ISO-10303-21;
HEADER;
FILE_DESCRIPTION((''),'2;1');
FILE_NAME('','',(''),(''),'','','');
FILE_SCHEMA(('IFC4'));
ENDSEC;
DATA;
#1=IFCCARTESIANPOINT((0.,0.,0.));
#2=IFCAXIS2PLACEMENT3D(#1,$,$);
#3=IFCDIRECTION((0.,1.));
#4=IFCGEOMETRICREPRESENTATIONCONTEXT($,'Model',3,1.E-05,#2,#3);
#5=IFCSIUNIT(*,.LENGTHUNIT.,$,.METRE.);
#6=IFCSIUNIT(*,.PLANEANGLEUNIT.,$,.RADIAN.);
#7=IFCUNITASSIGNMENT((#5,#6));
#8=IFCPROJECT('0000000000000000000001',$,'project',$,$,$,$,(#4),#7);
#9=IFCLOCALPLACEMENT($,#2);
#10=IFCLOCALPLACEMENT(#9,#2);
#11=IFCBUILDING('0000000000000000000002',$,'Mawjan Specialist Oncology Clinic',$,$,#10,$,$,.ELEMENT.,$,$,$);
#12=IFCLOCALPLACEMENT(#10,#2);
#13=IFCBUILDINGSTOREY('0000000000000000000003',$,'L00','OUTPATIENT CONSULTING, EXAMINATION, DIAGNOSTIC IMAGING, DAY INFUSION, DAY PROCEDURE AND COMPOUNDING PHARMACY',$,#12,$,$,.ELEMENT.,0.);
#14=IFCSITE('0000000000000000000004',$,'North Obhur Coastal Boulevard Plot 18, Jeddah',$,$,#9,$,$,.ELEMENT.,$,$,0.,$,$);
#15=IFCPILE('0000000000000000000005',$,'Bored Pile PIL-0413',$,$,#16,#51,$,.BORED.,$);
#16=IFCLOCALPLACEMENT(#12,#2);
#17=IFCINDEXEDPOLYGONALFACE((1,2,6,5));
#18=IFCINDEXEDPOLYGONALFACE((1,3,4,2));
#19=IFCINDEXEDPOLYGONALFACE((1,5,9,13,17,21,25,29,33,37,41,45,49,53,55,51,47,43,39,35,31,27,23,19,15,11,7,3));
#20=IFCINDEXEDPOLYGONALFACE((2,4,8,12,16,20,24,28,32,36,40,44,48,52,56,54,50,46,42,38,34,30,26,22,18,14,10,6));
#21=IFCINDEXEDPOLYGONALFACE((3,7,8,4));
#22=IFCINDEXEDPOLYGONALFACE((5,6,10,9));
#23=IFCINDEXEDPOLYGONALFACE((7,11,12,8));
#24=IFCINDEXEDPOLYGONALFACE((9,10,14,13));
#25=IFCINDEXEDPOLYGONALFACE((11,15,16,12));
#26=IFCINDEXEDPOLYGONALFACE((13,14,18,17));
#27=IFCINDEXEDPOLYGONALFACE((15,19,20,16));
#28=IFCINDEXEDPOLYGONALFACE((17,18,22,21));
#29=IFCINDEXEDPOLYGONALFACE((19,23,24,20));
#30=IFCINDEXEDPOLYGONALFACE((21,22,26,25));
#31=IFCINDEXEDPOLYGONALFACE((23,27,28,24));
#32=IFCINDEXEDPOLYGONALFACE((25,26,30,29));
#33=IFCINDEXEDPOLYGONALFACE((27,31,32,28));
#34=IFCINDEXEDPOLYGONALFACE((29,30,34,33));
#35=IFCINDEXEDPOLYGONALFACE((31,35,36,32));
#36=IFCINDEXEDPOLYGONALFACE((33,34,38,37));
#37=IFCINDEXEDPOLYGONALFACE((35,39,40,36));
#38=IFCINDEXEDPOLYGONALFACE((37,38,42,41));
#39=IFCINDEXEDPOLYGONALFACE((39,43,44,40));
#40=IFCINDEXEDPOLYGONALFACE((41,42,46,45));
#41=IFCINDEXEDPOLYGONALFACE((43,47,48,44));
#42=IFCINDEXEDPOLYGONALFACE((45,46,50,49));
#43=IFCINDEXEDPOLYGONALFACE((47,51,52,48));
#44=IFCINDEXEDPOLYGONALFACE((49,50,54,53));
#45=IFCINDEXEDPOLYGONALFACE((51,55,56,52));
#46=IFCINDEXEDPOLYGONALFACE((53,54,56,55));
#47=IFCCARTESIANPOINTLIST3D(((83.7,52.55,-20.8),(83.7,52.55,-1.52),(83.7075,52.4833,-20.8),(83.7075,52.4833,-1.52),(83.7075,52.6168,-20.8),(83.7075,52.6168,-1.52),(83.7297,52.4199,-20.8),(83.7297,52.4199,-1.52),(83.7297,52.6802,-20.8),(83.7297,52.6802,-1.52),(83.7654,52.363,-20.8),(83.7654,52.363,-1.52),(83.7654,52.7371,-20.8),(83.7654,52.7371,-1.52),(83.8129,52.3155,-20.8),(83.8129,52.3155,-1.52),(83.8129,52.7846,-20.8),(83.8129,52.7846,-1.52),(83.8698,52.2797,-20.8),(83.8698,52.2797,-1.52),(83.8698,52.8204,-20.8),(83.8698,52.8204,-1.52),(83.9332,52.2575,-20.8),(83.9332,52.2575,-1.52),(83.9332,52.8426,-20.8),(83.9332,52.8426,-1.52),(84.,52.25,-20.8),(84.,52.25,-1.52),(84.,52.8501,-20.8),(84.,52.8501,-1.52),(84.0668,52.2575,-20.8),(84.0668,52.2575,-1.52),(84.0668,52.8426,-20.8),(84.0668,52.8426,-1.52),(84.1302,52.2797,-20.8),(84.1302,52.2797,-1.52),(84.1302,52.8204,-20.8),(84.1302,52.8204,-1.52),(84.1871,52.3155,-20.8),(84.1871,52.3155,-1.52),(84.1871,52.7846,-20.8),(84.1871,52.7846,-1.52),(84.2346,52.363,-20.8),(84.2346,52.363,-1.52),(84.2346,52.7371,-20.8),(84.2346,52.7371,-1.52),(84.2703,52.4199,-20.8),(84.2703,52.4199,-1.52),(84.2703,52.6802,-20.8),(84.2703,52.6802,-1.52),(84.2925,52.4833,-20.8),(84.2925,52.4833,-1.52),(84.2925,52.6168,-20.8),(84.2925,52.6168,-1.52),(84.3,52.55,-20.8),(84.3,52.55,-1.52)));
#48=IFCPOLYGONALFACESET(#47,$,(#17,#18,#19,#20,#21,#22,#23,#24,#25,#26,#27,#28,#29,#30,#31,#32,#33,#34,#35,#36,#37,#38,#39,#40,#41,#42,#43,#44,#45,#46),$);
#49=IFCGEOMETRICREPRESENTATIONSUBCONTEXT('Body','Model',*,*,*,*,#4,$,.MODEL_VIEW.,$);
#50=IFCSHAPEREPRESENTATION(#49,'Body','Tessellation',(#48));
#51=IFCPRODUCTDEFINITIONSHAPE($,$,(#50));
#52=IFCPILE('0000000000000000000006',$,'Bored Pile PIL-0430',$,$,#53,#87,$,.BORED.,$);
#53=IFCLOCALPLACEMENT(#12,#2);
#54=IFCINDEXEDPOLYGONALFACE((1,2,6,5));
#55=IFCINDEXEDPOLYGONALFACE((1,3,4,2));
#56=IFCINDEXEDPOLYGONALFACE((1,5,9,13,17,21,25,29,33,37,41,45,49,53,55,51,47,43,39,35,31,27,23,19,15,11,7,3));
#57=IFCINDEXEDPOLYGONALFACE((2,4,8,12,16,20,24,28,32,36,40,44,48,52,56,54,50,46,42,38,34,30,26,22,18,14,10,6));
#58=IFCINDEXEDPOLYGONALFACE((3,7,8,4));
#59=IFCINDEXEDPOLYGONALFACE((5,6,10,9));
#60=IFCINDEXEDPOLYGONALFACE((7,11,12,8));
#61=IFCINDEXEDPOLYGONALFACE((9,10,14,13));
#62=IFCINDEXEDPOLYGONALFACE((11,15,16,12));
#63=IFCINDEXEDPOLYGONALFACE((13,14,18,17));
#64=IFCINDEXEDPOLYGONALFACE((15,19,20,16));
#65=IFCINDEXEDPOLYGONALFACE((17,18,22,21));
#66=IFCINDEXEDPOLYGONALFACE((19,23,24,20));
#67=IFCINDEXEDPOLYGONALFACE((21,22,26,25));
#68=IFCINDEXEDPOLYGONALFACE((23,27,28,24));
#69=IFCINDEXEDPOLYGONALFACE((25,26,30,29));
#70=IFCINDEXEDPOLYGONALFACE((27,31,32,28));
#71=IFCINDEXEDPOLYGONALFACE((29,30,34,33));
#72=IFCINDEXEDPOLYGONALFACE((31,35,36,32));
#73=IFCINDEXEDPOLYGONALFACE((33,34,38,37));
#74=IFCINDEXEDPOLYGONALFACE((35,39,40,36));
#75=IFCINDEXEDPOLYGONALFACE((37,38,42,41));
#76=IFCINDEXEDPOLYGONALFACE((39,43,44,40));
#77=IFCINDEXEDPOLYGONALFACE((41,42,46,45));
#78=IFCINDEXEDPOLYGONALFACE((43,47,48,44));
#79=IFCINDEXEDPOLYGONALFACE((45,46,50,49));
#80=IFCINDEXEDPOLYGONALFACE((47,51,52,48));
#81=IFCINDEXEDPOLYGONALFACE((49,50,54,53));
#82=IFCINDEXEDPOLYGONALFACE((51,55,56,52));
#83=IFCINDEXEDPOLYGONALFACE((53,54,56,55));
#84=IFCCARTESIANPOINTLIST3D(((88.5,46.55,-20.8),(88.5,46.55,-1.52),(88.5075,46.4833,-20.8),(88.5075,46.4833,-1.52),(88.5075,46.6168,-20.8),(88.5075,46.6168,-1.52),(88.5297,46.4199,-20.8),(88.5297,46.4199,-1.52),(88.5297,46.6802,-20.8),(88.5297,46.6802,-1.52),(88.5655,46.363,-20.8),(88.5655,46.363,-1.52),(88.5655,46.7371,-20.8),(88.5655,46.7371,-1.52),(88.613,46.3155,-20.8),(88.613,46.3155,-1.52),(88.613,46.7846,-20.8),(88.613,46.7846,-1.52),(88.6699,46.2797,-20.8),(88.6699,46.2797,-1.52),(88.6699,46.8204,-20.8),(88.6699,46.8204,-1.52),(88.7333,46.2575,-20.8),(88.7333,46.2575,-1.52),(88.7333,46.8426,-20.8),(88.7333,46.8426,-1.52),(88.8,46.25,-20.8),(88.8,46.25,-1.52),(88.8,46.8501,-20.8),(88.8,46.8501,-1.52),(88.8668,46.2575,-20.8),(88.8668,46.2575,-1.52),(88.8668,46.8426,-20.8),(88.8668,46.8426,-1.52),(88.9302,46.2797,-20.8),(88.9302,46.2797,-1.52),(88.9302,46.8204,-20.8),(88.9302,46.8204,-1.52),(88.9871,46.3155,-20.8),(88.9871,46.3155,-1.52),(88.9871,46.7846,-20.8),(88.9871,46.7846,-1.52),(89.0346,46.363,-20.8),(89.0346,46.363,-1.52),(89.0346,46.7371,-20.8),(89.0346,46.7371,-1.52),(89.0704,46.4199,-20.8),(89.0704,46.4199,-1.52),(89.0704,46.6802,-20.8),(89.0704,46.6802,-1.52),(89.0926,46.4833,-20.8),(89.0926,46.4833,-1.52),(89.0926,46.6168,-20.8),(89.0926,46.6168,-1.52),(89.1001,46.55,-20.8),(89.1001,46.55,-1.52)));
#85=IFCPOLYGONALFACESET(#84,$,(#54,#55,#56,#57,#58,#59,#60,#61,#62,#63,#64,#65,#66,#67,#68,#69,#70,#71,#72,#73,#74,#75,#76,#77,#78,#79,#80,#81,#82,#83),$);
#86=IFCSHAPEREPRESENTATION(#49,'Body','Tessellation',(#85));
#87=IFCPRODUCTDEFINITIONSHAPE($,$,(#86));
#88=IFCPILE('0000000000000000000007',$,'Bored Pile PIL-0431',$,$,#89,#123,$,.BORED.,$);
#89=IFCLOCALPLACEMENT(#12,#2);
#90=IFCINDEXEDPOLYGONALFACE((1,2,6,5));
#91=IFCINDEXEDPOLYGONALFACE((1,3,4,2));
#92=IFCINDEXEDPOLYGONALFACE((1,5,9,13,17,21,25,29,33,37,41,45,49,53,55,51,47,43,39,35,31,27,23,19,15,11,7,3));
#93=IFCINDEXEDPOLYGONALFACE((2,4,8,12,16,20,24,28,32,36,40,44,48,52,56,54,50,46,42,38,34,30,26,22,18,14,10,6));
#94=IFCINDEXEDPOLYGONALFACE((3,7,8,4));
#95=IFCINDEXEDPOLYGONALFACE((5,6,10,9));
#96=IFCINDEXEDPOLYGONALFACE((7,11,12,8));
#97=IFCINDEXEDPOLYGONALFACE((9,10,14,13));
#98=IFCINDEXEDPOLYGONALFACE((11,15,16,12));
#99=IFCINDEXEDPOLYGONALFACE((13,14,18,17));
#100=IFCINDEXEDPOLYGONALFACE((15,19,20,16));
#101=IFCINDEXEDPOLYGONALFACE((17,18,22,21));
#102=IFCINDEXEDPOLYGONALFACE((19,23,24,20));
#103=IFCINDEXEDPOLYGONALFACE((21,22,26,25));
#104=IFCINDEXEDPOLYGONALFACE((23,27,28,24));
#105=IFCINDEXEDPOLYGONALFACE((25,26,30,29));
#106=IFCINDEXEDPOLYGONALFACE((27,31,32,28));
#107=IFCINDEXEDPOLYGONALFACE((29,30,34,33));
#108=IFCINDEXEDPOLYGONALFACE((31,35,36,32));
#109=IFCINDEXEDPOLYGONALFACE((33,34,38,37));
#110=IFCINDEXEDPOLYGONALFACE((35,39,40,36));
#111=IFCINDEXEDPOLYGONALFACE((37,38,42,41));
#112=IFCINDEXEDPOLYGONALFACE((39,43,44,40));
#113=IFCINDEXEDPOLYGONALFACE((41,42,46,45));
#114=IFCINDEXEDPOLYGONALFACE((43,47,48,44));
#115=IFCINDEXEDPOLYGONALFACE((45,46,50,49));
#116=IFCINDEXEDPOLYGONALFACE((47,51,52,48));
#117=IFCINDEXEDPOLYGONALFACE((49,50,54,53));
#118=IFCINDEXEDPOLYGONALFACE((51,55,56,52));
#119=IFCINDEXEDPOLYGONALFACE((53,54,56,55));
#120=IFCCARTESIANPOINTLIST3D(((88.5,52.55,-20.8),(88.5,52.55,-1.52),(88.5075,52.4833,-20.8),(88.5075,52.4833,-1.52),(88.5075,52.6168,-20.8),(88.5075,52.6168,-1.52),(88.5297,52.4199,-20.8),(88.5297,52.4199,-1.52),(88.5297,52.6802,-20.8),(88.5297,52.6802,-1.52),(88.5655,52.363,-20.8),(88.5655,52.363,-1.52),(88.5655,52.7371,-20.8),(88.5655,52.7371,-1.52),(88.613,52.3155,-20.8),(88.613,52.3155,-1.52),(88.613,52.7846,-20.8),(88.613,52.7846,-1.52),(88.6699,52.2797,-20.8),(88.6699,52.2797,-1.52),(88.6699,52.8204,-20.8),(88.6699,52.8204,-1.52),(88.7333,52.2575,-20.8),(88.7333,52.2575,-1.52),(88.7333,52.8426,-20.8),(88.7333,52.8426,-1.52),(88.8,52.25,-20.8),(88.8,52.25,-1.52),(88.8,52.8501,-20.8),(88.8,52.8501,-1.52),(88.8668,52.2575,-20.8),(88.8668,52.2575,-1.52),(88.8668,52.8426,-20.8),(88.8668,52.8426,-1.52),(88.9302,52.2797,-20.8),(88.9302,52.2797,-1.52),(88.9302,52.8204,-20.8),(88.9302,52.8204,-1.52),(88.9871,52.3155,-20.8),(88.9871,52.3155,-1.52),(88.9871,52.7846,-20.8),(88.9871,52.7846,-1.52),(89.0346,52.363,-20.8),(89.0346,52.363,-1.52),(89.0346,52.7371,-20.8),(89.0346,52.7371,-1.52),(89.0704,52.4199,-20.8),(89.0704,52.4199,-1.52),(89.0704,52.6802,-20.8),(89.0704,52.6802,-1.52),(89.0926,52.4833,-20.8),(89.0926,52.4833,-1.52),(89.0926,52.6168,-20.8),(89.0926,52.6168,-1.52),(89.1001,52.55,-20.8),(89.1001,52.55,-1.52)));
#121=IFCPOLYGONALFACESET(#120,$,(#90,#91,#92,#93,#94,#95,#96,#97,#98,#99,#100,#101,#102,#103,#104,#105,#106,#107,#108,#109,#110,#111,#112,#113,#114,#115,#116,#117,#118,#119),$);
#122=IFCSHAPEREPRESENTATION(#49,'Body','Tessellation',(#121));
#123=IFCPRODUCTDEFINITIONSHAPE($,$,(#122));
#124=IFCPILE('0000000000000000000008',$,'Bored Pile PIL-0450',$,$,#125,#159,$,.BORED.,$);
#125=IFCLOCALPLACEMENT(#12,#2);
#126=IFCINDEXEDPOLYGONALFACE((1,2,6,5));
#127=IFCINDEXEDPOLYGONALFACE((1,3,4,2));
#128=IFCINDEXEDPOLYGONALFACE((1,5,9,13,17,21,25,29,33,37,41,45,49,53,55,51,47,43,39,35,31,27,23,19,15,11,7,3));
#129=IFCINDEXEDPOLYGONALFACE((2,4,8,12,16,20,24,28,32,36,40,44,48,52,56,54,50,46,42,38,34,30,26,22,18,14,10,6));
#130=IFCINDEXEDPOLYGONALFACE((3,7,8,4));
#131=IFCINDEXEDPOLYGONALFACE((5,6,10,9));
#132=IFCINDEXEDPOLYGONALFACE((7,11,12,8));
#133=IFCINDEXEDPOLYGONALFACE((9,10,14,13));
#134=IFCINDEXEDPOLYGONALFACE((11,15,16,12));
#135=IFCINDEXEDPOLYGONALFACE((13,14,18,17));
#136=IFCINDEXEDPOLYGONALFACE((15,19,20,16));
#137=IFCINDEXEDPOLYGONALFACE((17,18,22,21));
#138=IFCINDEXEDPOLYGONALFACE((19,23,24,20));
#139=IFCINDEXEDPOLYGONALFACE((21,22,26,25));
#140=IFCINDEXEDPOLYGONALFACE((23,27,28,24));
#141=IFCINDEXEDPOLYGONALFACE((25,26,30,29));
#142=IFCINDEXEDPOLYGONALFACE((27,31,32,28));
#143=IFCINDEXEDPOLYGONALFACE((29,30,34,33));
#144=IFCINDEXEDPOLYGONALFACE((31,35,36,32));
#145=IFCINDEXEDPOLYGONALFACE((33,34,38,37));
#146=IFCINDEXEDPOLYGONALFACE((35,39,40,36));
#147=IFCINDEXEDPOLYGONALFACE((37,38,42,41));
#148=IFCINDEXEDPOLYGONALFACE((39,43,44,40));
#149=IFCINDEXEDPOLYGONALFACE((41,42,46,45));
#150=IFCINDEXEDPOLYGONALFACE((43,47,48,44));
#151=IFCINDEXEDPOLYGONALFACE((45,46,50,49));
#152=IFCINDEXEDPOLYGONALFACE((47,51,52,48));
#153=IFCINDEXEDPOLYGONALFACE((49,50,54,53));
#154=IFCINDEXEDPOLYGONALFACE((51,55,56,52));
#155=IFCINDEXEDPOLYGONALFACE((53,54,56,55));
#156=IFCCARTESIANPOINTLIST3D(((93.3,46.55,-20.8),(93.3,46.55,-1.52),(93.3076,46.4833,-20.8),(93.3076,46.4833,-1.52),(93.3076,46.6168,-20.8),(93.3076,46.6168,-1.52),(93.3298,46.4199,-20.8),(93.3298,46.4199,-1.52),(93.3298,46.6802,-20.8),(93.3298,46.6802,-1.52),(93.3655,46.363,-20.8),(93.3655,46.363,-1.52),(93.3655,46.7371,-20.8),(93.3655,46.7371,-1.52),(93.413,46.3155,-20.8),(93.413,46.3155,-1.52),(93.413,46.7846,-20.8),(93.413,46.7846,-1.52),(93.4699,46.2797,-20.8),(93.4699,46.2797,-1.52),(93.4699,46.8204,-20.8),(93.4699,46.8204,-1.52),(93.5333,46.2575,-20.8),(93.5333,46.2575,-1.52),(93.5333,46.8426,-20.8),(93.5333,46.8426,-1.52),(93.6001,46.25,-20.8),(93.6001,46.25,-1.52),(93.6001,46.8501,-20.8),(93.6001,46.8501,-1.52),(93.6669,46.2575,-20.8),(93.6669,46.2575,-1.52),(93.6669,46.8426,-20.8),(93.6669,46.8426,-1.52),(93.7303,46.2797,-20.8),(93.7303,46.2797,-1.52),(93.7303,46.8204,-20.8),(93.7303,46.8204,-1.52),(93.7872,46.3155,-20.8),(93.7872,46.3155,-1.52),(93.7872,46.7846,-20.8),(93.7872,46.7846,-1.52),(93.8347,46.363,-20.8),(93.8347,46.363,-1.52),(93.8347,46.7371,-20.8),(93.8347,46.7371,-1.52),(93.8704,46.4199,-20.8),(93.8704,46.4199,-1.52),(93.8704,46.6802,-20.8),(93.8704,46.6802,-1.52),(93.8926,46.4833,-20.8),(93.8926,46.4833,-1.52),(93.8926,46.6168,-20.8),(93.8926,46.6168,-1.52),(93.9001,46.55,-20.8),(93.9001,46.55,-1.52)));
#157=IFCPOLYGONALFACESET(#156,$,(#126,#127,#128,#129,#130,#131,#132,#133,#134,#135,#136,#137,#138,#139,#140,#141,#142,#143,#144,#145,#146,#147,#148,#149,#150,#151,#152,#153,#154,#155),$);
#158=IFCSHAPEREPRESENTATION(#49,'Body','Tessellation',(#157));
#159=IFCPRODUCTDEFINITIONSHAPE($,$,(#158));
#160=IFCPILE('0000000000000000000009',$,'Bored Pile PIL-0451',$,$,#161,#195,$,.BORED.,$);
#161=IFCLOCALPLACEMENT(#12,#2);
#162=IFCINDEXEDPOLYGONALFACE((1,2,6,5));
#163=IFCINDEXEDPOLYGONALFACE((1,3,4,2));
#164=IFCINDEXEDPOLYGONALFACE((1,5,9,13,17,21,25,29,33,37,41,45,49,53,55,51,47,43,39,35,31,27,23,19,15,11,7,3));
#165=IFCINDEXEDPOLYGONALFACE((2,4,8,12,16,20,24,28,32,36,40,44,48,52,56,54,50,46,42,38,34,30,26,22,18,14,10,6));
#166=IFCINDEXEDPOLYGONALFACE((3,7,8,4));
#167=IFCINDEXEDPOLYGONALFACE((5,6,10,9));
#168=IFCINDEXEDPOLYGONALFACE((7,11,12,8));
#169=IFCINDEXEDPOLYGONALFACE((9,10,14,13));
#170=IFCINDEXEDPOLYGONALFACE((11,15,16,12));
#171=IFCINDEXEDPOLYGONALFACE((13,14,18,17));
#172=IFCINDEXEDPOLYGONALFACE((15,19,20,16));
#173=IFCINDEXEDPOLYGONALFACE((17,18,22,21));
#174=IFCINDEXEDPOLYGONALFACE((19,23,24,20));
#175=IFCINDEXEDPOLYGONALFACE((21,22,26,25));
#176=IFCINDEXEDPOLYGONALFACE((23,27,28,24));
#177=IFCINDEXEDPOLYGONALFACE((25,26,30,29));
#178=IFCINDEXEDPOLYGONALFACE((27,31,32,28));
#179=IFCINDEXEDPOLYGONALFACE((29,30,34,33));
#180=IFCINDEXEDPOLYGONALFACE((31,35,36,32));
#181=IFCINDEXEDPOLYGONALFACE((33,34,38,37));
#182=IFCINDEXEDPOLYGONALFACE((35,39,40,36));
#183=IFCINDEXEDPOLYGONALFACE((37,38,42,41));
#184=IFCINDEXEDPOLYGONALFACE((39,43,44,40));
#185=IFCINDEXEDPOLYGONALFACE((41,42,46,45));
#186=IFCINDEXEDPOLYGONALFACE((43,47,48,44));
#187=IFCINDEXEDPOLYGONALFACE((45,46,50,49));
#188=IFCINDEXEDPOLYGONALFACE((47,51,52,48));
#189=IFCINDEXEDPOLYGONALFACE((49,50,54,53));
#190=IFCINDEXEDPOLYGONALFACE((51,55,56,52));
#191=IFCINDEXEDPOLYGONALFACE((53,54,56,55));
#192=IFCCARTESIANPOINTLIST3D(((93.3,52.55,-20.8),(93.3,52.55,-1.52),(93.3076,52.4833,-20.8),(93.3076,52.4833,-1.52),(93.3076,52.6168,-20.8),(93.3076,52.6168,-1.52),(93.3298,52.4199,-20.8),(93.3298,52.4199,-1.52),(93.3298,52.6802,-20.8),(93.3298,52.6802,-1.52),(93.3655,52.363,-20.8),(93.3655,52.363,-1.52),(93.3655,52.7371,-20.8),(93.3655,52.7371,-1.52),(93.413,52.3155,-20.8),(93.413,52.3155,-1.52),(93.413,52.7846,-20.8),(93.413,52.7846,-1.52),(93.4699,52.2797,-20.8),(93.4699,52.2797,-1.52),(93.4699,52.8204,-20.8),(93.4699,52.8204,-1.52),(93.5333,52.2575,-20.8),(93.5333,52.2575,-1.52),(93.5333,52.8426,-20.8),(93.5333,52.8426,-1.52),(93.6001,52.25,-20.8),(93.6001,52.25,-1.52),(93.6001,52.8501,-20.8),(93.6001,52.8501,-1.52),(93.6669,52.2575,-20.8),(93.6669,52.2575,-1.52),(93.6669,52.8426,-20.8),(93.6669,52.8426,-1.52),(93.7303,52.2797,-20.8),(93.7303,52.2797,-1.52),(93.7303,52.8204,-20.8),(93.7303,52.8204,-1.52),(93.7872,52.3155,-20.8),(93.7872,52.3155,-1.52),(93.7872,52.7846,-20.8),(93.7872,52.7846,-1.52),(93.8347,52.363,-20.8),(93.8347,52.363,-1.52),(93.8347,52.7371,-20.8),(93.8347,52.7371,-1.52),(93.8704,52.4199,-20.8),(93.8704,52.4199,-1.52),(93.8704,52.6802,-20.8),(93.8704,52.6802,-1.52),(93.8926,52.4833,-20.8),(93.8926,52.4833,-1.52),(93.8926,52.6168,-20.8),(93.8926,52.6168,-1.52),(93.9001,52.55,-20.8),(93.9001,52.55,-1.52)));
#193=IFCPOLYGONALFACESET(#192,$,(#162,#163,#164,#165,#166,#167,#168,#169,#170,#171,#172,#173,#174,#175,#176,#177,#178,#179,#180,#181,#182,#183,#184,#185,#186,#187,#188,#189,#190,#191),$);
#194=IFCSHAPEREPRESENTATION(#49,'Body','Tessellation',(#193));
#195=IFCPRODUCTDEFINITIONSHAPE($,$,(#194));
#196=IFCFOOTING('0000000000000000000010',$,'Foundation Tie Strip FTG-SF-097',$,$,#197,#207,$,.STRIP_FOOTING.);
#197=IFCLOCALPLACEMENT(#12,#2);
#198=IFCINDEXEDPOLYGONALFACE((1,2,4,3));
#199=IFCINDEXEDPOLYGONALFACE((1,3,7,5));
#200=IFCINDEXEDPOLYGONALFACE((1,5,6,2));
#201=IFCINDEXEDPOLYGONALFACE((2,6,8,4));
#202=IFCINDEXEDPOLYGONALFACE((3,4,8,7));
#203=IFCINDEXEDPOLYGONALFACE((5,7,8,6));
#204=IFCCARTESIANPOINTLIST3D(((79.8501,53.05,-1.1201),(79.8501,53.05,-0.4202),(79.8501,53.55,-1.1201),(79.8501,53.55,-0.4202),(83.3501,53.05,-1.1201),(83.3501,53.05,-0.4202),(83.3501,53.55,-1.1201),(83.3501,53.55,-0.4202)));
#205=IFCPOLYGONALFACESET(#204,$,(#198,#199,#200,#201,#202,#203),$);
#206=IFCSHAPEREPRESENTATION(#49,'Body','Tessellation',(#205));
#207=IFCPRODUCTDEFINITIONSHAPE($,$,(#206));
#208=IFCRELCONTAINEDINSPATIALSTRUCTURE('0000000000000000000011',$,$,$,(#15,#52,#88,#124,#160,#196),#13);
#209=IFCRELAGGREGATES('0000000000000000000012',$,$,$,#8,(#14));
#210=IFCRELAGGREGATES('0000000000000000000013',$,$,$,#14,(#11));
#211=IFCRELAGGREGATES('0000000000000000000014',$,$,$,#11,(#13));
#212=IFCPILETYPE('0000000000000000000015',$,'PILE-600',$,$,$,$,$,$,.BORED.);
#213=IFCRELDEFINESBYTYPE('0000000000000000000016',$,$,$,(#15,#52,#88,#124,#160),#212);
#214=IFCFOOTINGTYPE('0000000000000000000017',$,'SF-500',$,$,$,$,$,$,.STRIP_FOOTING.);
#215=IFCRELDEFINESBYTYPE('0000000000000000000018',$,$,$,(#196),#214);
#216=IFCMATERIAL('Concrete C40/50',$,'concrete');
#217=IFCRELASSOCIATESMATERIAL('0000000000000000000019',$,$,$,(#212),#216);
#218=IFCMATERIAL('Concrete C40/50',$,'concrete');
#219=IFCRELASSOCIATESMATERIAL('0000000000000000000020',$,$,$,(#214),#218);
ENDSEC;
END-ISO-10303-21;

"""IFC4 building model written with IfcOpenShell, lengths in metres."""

from ifc_helpers import new_model, si_unit, direction, frame, origin, origin_2d, place, context, subcontext, project, spatial, rectangle, circle, extrude, material, material_profile, profile_set, type_object, element, save


model = new_model("IFC4")

# Units and contexts
model_context = context("Model", 3, precision=1e-05, world=origin(), true_north=direction((0.0, 1.0)))
body_context = subcontext(model_context, "Body", "Model", "MODEL_VIEW")
ifc_project = project(units=[si_unit("LENGTHUNIT", "METRE"), si_unit("PLANEANGLEUNIT", "RADIAN")], contexts=[model_context])

# Site, building, storey
site_placement = place(None, origin())
site = spatial("IfcSite", under=ifc_project, at=site_placement, Name="North Obhur Coastal Boulevard Plot 18, Jeddah", CompositionType="ELEMENT", RefElevation=0.0)
building_placement = place(site_placement, origin())
building = spatial("IfcBuilding", under=site, at=building_placement, Name="Mawjan Specialist Oncology Clinic", CompositionType="ELEMENT")
storey_placement = place(building_placement, origin())
storey = spatial("IfcBuildingStorey", under=building, at=storey_placement, Name="L00", Description="OUTPATIENT CONSULTING, EXAMINATION, DIAGNOSTIC IMAGING, DAY INFUSION, DAY PROCEDURE AND COMPOUNDING PHARMACY", CompositionType="ELEMENT", Elevation=0.0)

# Piles
ifc_material_1 = material(Name="Concrete C40/50", Category="concrete")
ifc_material_profile_1 = material_profile(ifc_material_1, circle(Radius=0.3, at=origin_2d()), Name="BORED PILE D600", Category="concrete")
ifc_profile_set_1 = profile_set([ifc_material_profile_1], Name="Concrete C40/50")
pile_type = type_object("IfcPileType", Name="PILE-600", PredefinedType="BORED", material=ifc_profile_set_1)
for number, where, z_axis, x_axis, name in (
    (1, (84.0, 52.55, -1.52), (0.0, 0.0, -1.0), (1.0, 0.0, 0.0), "Bored Pile PIL-0413"),
    (2, (88.8, 46.55, -1.52), (0.0, 0.0, -1.0), (1.0, 0.0, 0.0), "Bored Pile PIL-0430"),
    (3, (88.8, 52.55, -1.52), (0.0, 0.0, -1.0), (1.0, 0.0, 0.0), "Bored Pile PIL-0431"),
    (4, (93.6001, 46.55, -1.52), (0.0, 0.0, -1.0), (1.0, 0.0, 0.0), "Bored Pile PIL-0450"),
    (5, (93.6001, 52.55, -1.52), (0.0, 0.0, -1.0), (1.0, 0.0, 0.0), "Bored Pile PIL-0451"),
):
    element("IfcPile", number, at=place(storey_placement, frame(where, z_axis=z_axis, x_axis=x_axis)), inside=storey, type_object=pile_type, Name=name, PredefinedType="BORED", context=body_context, shape_type="SweptSolid", body=[
        extrude(circle(Radius=0.3, at=origin_2d()), origin(), (0.0, 0.0, 1.0), 19.28),
    ])

# Footing
ifc_material_2 = material(Name="Concrete C40/50", Category="concrete")
footing_type_1 = type_object("IfcFootingType", Name="SF-500", PredefinedType="STRIP_FOOTING", material=ifc_material_2)
for number, where, z_axis, x_axis, name in (
    (6, (81.6001, 53.3, -1.1201), (0.0, 0.0, 1.0), (1.0, 0.0, 0.0), "Foundation Tie Strip FTG-SF-097"),
):
    element("IfcFooting", number, at=place(storey_placement, frame(where, z_axis=z_axis, x_axis=x_axis)), inside=storey, type_object=footing_type_1, Name=name, PredefinedType="STRIP_FOOTING", context=body_context, shape_type="SweptSolid", body=[
        extrude(rectangle(XDim=3.5, YDim=0.5, at=origin_2d()), origin(), (0.0, 0.0, 1.0), 0.7),
    ])

save(model, "model.ifc")
